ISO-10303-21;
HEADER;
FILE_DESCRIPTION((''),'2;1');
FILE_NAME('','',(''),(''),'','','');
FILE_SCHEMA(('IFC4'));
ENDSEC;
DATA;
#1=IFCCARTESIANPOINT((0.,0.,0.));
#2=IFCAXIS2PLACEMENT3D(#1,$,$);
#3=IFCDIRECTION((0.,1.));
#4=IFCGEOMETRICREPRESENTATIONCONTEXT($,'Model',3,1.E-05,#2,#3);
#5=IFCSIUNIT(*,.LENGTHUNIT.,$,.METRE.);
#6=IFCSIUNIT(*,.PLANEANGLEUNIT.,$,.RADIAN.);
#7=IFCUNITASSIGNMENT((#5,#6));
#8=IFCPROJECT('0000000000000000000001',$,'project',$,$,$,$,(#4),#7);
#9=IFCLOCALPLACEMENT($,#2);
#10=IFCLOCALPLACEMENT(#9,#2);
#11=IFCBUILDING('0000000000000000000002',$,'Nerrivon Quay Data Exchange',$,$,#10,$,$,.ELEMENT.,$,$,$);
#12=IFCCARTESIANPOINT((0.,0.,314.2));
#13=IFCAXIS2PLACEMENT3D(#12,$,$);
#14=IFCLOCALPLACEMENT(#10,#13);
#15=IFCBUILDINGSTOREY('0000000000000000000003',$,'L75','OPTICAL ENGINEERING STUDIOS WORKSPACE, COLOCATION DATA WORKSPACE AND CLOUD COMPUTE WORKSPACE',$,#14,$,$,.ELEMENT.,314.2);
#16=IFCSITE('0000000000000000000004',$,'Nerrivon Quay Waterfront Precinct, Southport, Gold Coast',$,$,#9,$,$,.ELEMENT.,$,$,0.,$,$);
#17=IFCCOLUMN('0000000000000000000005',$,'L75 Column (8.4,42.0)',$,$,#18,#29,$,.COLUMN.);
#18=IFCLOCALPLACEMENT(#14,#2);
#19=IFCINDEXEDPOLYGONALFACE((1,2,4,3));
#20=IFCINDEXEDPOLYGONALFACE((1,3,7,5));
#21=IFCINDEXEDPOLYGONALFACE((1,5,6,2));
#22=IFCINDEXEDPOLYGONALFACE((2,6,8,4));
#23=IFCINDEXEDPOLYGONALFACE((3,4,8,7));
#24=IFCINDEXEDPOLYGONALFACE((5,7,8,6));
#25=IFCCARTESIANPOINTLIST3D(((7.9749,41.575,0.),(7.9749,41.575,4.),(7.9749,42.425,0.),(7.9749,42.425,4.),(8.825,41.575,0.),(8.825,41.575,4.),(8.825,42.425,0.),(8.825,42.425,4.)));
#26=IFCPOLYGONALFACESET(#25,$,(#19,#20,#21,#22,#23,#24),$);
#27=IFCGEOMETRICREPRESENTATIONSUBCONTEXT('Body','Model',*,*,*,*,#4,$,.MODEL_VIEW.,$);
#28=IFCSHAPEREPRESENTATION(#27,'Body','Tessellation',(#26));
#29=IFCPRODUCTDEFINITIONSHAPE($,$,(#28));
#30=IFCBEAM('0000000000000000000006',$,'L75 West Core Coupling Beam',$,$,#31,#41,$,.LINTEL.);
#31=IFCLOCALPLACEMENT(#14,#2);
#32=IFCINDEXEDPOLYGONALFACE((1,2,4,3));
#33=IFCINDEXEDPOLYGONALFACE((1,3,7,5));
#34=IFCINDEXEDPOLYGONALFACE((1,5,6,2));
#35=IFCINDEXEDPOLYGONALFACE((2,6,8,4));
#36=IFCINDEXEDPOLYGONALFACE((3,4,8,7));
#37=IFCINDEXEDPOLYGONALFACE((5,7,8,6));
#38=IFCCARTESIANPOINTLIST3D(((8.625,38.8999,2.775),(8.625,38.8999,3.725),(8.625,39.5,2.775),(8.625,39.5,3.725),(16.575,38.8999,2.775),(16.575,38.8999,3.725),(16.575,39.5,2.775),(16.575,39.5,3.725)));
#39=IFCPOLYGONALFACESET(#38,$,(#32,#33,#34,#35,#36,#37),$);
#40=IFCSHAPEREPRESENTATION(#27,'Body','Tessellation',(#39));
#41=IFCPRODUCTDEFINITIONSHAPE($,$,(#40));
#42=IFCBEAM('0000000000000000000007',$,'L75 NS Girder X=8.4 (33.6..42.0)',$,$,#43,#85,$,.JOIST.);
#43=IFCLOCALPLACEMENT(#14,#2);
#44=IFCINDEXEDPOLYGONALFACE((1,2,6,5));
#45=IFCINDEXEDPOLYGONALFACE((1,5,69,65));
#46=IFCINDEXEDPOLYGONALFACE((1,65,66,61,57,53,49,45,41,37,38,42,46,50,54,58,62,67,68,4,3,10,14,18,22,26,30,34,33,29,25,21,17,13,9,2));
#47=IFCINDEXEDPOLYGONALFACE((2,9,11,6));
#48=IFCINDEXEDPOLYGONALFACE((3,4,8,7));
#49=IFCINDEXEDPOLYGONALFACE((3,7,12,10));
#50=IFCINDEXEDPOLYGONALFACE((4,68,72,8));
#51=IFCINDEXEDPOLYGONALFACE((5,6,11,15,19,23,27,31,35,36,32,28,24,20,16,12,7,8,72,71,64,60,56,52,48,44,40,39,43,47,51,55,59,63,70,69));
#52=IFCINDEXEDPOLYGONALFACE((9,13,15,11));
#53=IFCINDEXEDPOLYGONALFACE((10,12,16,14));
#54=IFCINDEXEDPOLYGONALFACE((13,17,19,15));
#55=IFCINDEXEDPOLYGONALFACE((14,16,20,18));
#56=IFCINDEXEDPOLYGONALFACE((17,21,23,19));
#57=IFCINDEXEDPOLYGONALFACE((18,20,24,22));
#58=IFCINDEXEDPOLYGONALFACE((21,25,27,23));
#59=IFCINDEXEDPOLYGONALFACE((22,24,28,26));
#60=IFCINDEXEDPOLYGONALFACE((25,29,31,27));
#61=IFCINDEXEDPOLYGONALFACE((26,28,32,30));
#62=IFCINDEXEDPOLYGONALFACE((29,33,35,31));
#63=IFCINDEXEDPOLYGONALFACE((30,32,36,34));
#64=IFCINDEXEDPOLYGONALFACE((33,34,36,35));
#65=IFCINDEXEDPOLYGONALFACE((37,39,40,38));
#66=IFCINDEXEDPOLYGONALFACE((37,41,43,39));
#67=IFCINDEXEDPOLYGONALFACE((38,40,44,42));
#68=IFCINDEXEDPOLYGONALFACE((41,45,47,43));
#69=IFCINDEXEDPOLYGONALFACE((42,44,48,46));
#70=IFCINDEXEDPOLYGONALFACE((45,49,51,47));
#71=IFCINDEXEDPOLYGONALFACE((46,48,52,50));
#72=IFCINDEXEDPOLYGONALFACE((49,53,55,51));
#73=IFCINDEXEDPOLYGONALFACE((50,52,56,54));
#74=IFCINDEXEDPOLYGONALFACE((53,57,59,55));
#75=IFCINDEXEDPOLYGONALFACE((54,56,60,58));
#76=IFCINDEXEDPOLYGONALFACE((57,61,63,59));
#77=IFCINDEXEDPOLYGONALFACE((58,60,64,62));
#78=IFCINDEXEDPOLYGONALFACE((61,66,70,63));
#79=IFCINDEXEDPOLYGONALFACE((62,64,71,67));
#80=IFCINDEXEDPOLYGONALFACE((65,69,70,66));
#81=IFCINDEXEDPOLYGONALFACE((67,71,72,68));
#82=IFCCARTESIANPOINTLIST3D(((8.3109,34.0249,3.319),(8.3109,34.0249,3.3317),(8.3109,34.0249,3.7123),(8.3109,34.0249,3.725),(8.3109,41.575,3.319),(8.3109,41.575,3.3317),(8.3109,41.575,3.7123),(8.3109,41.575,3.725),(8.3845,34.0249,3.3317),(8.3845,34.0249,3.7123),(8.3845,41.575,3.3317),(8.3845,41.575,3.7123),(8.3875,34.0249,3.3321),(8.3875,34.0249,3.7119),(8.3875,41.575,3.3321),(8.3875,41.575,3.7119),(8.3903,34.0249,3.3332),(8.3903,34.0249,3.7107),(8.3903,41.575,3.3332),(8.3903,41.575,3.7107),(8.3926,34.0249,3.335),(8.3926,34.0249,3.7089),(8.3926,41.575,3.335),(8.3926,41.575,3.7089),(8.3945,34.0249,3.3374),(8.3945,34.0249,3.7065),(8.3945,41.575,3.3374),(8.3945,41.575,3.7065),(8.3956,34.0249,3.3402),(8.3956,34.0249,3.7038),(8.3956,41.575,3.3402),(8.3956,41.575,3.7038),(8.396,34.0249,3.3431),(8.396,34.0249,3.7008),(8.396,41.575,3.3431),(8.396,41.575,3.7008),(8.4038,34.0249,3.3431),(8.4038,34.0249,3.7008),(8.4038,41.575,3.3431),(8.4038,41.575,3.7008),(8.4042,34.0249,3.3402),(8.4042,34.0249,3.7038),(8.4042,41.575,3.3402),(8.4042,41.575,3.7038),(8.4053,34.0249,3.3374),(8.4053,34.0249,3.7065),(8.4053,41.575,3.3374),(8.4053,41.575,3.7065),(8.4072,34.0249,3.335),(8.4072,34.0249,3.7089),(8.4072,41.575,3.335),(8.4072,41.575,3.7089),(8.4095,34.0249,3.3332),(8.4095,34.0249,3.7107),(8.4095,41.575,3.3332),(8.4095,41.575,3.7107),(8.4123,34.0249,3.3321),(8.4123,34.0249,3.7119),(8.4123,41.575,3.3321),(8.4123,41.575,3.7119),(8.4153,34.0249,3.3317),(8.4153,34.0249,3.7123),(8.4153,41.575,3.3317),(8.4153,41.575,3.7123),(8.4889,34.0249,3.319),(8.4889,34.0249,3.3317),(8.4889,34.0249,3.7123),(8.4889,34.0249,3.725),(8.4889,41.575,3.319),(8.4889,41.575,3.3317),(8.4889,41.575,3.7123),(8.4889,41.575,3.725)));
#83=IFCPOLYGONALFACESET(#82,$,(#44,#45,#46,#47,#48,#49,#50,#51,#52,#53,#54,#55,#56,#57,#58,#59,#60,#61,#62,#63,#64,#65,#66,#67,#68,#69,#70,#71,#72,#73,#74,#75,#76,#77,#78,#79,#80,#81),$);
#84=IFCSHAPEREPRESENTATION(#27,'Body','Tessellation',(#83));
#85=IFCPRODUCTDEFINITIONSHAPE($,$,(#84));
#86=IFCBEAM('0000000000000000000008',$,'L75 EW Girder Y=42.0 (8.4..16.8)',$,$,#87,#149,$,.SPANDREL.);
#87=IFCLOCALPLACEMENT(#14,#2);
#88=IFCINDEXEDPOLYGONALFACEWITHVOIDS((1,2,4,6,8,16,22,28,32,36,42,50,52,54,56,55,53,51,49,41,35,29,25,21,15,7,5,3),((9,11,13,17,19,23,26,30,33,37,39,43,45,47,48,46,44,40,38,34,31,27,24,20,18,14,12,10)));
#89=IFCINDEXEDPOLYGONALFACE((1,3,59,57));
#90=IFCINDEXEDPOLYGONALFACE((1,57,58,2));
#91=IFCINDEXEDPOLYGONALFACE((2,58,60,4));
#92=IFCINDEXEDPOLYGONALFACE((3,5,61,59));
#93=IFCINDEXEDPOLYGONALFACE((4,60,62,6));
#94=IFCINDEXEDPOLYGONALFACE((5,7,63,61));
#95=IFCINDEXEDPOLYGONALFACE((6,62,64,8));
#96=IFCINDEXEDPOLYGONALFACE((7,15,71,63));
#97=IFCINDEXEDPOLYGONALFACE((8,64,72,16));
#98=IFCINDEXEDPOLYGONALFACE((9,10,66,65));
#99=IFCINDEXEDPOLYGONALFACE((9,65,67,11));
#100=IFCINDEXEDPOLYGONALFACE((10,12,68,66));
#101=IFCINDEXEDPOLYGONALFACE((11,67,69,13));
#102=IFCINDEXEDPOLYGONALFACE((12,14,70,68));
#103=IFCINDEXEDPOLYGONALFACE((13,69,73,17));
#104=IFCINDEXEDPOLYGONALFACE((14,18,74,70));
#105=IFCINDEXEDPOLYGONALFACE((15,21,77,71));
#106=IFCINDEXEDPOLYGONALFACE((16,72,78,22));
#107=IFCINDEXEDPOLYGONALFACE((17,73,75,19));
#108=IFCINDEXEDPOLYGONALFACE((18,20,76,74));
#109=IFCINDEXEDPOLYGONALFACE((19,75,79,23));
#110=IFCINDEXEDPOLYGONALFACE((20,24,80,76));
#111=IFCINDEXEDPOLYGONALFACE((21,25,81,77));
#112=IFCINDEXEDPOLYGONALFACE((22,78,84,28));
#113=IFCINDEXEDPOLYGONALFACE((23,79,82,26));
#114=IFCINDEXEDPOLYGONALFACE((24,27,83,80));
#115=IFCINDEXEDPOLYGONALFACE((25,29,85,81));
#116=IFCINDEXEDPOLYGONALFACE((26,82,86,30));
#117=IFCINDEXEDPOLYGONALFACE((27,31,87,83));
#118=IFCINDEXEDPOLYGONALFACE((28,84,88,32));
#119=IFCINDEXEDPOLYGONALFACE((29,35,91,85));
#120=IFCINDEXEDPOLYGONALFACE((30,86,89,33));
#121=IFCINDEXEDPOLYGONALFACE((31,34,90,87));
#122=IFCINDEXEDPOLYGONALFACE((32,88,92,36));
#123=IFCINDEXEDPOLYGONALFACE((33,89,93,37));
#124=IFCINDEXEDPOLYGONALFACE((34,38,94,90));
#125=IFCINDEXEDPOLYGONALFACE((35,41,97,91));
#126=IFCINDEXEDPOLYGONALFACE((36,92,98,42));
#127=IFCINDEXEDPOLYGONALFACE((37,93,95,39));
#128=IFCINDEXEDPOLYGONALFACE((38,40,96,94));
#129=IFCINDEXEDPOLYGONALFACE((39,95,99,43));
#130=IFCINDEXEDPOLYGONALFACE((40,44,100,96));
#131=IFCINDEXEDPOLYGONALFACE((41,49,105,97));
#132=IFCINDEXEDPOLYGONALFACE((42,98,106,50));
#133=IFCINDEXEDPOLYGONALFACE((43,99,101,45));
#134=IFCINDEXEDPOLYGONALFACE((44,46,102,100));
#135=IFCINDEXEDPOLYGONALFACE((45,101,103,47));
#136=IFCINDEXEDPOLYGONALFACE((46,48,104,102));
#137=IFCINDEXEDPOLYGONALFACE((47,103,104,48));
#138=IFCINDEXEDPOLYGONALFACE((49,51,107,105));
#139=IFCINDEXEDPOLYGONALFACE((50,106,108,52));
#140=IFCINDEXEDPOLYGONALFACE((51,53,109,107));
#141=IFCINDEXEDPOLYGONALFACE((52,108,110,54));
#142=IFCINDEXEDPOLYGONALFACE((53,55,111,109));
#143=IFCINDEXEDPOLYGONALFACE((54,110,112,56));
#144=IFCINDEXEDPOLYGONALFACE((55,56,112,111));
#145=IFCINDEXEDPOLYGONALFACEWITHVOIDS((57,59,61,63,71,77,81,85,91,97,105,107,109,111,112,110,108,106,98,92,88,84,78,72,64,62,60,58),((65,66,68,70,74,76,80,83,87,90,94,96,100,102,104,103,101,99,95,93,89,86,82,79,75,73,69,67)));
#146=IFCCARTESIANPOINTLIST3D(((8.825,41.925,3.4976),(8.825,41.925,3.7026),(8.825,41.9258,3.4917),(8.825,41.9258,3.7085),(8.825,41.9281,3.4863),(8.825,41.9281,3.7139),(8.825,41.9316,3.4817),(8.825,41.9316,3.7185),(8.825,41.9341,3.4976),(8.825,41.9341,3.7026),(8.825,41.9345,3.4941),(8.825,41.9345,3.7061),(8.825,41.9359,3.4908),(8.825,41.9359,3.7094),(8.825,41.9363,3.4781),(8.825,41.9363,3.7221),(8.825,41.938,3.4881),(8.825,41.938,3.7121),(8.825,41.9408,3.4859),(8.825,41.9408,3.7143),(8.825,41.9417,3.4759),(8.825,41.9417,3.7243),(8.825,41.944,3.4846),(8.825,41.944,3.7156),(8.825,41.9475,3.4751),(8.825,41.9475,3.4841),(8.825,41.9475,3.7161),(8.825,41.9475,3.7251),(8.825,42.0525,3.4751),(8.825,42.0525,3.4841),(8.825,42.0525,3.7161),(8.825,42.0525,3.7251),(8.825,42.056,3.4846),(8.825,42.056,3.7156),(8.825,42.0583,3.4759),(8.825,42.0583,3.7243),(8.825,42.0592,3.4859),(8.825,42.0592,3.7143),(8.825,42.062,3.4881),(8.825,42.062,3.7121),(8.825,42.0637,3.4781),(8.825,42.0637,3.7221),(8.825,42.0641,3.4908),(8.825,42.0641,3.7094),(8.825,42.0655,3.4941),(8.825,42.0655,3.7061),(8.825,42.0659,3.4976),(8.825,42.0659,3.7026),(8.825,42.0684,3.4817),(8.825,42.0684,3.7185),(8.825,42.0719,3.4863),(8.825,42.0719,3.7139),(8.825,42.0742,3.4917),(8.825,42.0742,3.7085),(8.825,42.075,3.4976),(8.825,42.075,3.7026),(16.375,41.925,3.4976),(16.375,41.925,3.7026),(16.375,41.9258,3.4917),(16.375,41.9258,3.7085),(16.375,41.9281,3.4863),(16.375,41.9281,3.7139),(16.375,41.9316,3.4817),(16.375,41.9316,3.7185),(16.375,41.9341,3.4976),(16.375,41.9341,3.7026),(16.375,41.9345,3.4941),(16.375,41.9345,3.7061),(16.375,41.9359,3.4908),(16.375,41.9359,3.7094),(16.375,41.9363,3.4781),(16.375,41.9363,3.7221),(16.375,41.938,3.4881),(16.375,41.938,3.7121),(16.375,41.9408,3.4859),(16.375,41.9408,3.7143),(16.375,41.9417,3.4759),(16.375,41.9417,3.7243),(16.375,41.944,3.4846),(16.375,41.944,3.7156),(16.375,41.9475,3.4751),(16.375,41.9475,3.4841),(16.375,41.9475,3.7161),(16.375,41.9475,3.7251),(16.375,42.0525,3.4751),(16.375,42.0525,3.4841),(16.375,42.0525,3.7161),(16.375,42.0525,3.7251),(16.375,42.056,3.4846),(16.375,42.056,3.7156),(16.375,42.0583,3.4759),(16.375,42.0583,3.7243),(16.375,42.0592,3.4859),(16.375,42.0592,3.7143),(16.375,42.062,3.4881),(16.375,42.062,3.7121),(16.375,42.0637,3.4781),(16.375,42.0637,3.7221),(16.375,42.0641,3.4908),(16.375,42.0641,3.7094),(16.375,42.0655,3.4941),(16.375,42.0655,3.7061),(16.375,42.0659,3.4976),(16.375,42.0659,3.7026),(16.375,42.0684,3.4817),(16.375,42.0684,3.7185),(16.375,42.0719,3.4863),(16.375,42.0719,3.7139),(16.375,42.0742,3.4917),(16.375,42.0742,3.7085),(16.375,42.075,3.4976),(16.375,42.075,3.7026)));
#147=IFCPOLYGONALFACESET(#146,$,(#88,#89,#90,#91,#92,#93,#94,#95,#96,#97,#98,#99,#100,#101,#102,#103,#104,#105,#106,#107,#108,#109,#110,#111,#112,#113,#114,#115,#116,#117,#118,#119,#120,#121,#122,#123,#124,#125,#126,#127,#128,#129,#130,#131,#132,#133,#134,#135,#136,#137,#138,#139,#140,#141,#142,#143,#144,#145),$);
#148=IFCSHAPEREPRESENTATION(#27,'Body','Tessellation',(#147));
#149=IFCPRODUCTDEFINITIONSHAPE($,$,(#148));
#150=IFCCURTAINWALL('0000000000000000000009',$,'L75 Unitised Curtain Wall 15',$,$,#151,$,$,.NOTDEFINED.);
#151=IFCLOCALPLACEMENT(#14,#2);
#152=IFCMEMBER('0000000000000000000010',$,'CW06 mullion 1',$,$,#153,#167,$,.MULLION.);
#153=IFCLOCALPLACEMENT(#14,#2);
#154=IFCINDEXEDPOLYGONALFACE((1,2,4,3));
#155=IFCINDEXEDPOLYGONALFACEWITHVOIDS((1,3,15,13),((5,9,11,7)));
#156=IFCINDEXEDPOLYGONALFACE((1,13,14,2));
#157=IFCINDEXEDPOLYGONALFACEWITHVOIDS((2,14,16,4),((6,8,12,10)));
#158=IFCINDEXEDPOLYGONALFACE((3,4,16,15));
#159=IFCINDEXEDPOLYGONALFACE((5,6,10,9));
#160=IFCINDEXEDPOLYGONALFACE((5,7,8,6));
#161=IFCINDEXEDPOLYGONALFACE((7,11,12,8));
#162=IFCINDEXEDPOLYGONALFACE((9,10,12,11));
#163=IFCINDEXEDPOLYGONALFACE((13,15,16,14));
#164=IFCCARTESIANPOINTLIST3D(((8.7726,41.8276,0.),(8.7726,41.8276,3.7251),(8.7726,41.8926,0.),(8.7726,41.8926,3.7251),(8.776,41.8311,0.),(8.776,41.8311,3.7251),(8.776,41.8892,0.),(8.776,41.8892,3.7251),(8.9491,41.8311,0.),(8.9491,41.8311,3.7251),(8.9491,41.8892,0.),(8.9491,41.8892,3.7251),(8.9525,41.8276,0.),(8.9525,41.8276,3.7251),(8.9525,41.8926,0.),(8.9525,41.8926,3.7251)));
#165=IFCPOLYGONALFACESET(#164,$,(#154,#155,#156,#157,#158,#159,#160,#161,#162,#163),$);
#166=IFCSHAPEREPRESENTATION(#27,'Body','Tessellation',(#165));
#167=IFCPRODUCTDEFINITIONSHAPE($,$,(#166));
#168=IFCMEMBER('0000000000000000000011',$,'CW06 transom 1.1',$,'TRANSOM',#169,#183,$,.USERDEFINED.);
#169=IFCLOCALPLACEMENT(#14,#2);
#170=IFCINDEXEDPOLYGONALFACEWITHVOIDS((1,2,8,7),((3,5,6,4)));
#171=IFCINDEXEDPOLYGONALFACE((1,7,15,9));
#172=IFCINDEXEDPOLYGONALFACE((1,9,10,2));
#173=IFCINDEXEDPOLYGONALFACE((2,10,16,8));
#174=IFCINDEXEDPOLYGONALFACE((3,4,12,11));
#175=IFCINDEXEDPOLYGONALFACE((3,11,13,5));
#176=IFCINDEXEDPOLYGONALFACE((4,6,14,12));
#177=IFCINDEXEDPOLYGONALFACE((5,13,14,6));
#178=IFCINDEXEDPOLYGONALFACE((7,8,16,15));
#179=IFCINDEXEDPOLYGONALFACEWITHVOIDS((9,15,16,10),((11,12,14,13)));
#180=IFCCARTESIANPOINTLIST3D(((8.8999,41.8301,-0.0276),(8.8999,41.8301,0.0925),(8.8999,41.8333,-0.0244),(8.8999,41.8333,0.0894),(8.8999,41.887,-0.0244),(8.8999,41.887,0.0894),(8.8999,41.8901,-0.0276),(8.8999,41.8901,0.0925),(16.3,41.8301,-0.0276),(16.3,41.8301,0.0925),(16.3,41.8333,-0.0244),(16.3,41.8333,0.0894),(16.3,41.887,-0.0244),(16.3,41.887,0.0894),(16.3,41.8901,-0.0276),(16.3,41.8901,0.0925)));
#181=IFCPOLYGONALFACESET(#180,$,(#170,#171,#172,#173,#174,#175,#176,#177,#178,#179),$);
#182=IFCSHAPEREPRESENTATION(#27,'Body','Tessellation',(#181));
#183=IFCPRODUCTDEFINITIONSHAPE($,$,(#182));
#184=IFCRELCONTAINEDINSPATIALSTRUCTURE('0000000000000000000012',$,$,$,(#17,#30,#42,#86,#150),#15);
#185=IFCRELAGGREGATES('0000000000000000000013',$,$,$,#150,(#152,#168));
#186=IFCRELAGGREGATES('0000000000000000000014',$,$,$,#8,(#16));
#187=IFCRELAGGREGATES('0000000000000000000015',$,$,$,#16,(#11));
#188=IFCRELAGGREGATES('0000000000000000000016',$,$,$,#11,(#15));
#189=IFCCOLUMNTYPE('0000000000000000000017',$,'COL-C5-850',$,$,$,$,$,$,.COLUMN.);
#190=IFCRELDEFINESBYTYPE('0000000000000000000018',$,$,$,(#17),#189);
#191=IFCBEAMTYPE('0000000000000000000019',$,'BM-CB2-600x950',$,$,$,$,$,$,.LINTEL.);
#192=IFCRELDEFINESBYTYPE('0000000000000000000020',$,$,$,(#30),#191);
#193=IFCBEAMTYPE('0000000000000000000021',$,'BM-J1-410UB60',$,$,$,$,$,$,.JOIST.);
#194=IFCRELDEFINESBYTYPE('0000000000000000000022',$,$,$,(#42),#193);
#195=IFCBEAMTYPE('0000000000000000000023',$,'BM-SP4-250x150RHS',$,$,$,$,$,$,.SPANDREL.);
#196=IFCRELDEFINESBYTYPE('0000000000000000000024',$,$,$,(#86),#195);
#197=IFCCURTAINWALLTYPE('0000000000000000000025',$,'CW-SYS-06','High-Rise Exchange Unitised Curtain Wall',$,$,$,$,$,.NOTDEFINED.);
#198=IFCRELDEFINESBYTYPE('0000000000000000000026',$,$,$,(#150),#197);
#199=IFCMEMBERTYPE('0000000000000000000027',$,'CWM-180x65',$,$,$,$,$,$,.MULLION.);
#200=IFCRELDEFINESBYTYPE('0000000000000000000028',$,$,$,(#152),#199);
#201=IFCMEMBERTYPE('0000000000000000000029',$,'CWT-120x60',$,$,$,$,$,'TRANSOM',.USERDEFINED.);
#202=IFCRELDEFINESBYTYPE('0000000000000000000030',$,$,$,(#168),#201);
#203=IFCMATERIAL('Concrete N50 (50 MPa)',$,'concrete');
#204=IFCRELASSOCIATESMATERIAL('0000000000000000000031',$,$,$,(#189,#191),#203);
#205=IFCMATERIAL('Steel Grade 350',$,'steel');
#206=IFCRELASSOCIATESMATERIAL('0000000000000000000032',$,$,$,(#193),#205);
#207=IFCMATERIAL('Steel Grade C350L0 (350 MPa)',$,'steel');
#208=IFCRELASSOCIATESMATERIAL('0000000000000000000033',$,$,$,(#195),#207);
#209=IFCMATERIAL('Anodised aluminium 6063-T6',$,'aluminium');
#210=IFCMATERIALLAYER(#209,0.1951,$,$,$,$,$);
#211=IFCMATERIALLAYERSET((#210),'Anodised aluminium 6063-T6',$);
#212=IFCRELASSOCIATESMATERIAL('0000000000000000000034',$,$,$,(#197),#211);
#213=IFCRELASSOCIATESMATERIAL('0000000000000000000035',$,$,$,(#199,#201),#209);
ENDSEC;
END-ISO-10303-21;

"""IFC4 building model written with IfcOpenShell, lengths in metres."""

from ifc_helpers import new_model, si_unit, direction, frame, origin, origin_2d, place, context, subcontext, project, spatial, rectangle, hollow_rectangle, i_section, extrude, material, layer, layer_set, material_profile, profile_set, type_object, element, aggregate, save


model = new_model("IFC4")

# Units and contexts
model_context = context("Model", 3, precision=1e-05, world=origin(), true_north=direction((0.0, 1.0)))
body_context = subcontext(model_context, "Body", "Model", "MODEL_VIEW")
ifc_project = project(units=[si_unit("LENGTHUNIT", "METRE"), si_unit("PLANEANGLEUNIT", "RADIAN")], contexts=[model_context])

# Site, building, storey
site_placement = place(None, origin())
site = spatial("IfcSite", under=ifc_project, at=site_placement, Name="Nerrivon Quay Waterfront Precinct, Southport, Gold Coast", CompositionType="ELEMENT", RefElevation=0.0)
building_placement = place(site_placement, origin())
building = spatial("IfcBuilding", under=site, at=building_placement, Name="Nerrivon Quay Data Exchange", CompositionType="ELEMENT")
storey_placement = place(building_placement, frame((0.0, 0.0, 314.2)))
storey = spatial("IfcBuildingStorey", under=building, at=storey_placement, Name="L75", Description="OPTICAL ENGINEERING STUDIOS WORKSPACE, COLOCATION DATA WORKSPACE AND CLOUD COMPUTE WORKSPACE", CompositionType="ELEMENT", Elevation=314.2)

# Column
ifc_material_1 = material(Name="Concrete N50 (50 MPa)", Category="concrete")
ifc_material_profile_1 = material_profile(ifc_material_1, rectangle(XDim=0.8501, YDim=0.8501, at=origin_2d()), Name="RC-COL-850x850")
ifc_profile_set_1 = profile_set([ifc_material_profile_1], Name="Concrete N50 (50 MPa)")
column_type = type_object("IfcColumnType", Name="COL-C5-850", PredefinedType="COLUMN", material=ifc_profile_set_1)
column_placement = place(storey_placement, frame((8.3999, 42.0, 0.0), z_axis=(0.0, 0.0, 1.0), x_axis=(1.0, 0.0, 0.0)))
element("IfcColumn", 1, at=column_placement, inside=storey, type_object=column_type, Name="L75 Column (8.4,42.0)", PredefinedType="COLUMN", context=body_context, shape_type="SweptSolid", body=[
    extrude(rectangle(XDim=0.8501, YDim=0.8501, at=origin_2d()), origin(), (0.0, 0.0, 1.0), 4.0),
])

# Beams
ifc_material_profile_2 = material_profile(ifc_material_1, rectangle(XDim=0.6001, YDim=0.95, at=origin_2d()), Name="RC-CB-600x950")
ifc_profile_set_2 = profile_set([ifc_material_profile_2], Name="Concrete N50 (50 MPa)")
beam_type_1 = type_object("IfcBeamType", Name="BM-CB2-600x950", PredefinedType="LINTEL", material=ifc_profile_set_2)
beam_1_placement = place(storey_placement, frame((8.625, 39.2, 3.25), z_axis=(1.0, 0.0, 0.0), x_axis=(0.0, 1.0, 0.0)))
element("IfcBeam", 2, at=beam_1_placement, inside=storey, type_object=beam_type_1, Name="L75 West Core Coupling Beam", PredefinedType="LINTEL", context=body_context, shape_type="SweptSolid", body=[
    extrude(rectangle(XDim=0.6001, YDim=0.95, at=origin_2d()), origin(), (0.0, 0.0, 1.0), 7.95),
])
ifc_material_2 = material(Name="Steel Grade 350", Category="steel")
ifc_material_profile_3 = material_profile(ifc_material_2, i_section(OverallWidth=0.178, OverallDepth=0.406, WebThickness=0.0078, FlangeThickness=0.0127, FilletRadius=0.0115, at=origin_2d()), Name="410UB59.7")
ifc_profile_set_3 = profile_set([ifc_material_profile_3], Name="Steel Grade 350")
beam_type_2 = type_object("IfcBeamType", Name="BM-J1-410UB60", PredefinedType="JOIST", material=ifc_profile_set_3)
beam_2_placement = place(storey_placement, frame((8.3999, 34.0249, 3.522), z_axis=(0.0, 1.0, 0.0), x_axis=(-1.0, 0.0, 0.0)))
element("IfcBeam", 3, at=beam_2_placement, inside=storey, type_object=beam_type_2, Name="L75 NS Girder X=8.4 (33.6..42.0)", PredefinedType="JOIST", context=body_context, shape_type="SweptSolid", body=[
    extrude(i_section(OverallWidth=0.178, OverallDepth=0.406, WebThickness=0.0078, FlangeThickness=0.0127, FilletRadius=0.0115, at=origin_2d()), origin(), (0.0, 0.0, 1.0), 7.55),
])
ifc_material_3 = material(Name="Steel Grade C350L0 (350 MPa)", Category="steel")
ifc_material_profile_4 = material_profile(ifc_material_3, hollow_rectangle(XDim=0.1499, YDim=0.25, WallThickness=0.009, InnerFilletRadius=0.0134, OuterFilletRadius=0.0225, at=origin_2d()), Name="250x150x9.0RHS")
ifc_profile_set_4 = profile_set([ifc_material_profile_4], Name="Steel Grade C350L0 (350 MPa)")
beam_type_3 = type_object("IfcBeamType", Name="BM-SP4-250x150RHS", PredefinedType="SPANDREL", material=ifc_profile_set_4)
beam_3_placement = place(storey_placement, frame((8.825, 42.0, 3.6001), z_axis=(1.0, 0.0, 0.0), x_axis=(0.0, 1.0, 0.0)))
element("IfcBeam", 4, at=beam_3_placement, inside=storey, type_object=beam_type_3, Name="L75 EW Girder Y=42.0 (8.4..16.8)", PredefinedType="SPANDREL", context=body_context, shape_type="SweptSolid", body=[
    extrude(hollow_rectangle(XDim=0.1499, YDim=0.25, WallThickness=0.009, InnerFilletRadius=0.0134, OuterFilletRadius=0.0225, at=origin_2d()), origin(), (0.0, 0.0, 1.0), 7.55),
])

# Curtain wall, members
ifc_material_4 = material(Name="Anodised aluminium 6063-T6", Category="aluminium")
ifc_layer_1 = layer(ifc_material_4, 0.1951)
ifc_layer_set_1 = layer_set([ifc_layer_1], Name="Anodised aluminium 6063-T6")
curtain_wall_type = type_object("IfcCurtainWallType", Name="CW-SYS-06", Description="High-Rise Exchange Unitised Curtain Wall", PredefinedType="NOTDEFINED", material=ifc_layer_set_1)
curtain_wall_placement = place(storey_placement, origin())
curtain_wall = element("IfcCurtainWall", 5, at=curtain_wall_placement, inside=storey, type_object=curtain_wall_type, Name="L75 Unitised Curtain Wall 15", PredefinedType="NOTDEFINED")
ifc_material_profile_5 = material_profile(ifc_material_4, hollow_rectangle(XDim=0.0649, YDim=0.1799, WallThickness=0.0034, at=origin_2d()), Name="ALU-MULL-180x65")
ifc_profile_set_5 = profile_set([ifc_material_profile_5], Name="Anodised aluminium 6063-T6")
member_type_1 = type_object("IfcMemberType", Name="CWM-180x65", PredefinedType="MULLION", material=ifc_profile_set_5)
member_1_placement = place(storey_placement, frame((8.8625, 41.8601, 0.0), z_axis=(0.0, 0.0, 1.0), x_axis=(0.0, 1.0, 0.0)))
member_1 = element("IfcMember", 6, at=member_1_placement, type_object=member_type_1, Name="CW06 mullion 1", PredefinedType="MULLION", context=body_context, shape_type="SweptSolid", body=[
    extrude(hollow_rectangle(XDim=0.0649, YDim=0.1799, WallThickness=0.0034, at=origin_2d()), origin(), (0.0, 0.0, 1.0), 3.7251),
])
ifc_material_profile_6 = material_profile(ifc_material_4, hollow_rectangle(XDim=0.0601, YDim=0.1201, WallThickness=0.0032, at=origin_2d()), Name="ALU-TRAN-120x60")
ifc_profile_set_6 = profile_set([ifc_material_profile_6], Name="Anodised aluminium 6063-T6")
member_type_2 = type_object("IfcMemberType", Name="CWT-120x60", ElementType="TRANSOM", PredefinedType="USERDEFINED", material=ifc_profile_set_6)
member_2_placement = place(storey_placement, frame((8.8999, 41.8601, 0.0325), z_axis=(1.0, 0.0, 0.0), x_axis=(0.0, 1.0, 0.0)))
member_2 = element("IfcMember", 7, at=member_2_placement, type_object=member_type_2, Name="CW06 transom 1.1", ObjectType="TRANSOM", PredefinedType="USERDEFINED", context=body_context, shape_type="SweptSolid", body=[
    extrude(hollow_rectangle(XDim=0.0601, YDim=0.1201, WallThickness=0.0032, at=origin_2d()), origin(), (0.0, 0.0, 1.0), 7.4001),
])
aggregate(curtain_wall, [member_1, member_2])

save(model, "model.ifc")
